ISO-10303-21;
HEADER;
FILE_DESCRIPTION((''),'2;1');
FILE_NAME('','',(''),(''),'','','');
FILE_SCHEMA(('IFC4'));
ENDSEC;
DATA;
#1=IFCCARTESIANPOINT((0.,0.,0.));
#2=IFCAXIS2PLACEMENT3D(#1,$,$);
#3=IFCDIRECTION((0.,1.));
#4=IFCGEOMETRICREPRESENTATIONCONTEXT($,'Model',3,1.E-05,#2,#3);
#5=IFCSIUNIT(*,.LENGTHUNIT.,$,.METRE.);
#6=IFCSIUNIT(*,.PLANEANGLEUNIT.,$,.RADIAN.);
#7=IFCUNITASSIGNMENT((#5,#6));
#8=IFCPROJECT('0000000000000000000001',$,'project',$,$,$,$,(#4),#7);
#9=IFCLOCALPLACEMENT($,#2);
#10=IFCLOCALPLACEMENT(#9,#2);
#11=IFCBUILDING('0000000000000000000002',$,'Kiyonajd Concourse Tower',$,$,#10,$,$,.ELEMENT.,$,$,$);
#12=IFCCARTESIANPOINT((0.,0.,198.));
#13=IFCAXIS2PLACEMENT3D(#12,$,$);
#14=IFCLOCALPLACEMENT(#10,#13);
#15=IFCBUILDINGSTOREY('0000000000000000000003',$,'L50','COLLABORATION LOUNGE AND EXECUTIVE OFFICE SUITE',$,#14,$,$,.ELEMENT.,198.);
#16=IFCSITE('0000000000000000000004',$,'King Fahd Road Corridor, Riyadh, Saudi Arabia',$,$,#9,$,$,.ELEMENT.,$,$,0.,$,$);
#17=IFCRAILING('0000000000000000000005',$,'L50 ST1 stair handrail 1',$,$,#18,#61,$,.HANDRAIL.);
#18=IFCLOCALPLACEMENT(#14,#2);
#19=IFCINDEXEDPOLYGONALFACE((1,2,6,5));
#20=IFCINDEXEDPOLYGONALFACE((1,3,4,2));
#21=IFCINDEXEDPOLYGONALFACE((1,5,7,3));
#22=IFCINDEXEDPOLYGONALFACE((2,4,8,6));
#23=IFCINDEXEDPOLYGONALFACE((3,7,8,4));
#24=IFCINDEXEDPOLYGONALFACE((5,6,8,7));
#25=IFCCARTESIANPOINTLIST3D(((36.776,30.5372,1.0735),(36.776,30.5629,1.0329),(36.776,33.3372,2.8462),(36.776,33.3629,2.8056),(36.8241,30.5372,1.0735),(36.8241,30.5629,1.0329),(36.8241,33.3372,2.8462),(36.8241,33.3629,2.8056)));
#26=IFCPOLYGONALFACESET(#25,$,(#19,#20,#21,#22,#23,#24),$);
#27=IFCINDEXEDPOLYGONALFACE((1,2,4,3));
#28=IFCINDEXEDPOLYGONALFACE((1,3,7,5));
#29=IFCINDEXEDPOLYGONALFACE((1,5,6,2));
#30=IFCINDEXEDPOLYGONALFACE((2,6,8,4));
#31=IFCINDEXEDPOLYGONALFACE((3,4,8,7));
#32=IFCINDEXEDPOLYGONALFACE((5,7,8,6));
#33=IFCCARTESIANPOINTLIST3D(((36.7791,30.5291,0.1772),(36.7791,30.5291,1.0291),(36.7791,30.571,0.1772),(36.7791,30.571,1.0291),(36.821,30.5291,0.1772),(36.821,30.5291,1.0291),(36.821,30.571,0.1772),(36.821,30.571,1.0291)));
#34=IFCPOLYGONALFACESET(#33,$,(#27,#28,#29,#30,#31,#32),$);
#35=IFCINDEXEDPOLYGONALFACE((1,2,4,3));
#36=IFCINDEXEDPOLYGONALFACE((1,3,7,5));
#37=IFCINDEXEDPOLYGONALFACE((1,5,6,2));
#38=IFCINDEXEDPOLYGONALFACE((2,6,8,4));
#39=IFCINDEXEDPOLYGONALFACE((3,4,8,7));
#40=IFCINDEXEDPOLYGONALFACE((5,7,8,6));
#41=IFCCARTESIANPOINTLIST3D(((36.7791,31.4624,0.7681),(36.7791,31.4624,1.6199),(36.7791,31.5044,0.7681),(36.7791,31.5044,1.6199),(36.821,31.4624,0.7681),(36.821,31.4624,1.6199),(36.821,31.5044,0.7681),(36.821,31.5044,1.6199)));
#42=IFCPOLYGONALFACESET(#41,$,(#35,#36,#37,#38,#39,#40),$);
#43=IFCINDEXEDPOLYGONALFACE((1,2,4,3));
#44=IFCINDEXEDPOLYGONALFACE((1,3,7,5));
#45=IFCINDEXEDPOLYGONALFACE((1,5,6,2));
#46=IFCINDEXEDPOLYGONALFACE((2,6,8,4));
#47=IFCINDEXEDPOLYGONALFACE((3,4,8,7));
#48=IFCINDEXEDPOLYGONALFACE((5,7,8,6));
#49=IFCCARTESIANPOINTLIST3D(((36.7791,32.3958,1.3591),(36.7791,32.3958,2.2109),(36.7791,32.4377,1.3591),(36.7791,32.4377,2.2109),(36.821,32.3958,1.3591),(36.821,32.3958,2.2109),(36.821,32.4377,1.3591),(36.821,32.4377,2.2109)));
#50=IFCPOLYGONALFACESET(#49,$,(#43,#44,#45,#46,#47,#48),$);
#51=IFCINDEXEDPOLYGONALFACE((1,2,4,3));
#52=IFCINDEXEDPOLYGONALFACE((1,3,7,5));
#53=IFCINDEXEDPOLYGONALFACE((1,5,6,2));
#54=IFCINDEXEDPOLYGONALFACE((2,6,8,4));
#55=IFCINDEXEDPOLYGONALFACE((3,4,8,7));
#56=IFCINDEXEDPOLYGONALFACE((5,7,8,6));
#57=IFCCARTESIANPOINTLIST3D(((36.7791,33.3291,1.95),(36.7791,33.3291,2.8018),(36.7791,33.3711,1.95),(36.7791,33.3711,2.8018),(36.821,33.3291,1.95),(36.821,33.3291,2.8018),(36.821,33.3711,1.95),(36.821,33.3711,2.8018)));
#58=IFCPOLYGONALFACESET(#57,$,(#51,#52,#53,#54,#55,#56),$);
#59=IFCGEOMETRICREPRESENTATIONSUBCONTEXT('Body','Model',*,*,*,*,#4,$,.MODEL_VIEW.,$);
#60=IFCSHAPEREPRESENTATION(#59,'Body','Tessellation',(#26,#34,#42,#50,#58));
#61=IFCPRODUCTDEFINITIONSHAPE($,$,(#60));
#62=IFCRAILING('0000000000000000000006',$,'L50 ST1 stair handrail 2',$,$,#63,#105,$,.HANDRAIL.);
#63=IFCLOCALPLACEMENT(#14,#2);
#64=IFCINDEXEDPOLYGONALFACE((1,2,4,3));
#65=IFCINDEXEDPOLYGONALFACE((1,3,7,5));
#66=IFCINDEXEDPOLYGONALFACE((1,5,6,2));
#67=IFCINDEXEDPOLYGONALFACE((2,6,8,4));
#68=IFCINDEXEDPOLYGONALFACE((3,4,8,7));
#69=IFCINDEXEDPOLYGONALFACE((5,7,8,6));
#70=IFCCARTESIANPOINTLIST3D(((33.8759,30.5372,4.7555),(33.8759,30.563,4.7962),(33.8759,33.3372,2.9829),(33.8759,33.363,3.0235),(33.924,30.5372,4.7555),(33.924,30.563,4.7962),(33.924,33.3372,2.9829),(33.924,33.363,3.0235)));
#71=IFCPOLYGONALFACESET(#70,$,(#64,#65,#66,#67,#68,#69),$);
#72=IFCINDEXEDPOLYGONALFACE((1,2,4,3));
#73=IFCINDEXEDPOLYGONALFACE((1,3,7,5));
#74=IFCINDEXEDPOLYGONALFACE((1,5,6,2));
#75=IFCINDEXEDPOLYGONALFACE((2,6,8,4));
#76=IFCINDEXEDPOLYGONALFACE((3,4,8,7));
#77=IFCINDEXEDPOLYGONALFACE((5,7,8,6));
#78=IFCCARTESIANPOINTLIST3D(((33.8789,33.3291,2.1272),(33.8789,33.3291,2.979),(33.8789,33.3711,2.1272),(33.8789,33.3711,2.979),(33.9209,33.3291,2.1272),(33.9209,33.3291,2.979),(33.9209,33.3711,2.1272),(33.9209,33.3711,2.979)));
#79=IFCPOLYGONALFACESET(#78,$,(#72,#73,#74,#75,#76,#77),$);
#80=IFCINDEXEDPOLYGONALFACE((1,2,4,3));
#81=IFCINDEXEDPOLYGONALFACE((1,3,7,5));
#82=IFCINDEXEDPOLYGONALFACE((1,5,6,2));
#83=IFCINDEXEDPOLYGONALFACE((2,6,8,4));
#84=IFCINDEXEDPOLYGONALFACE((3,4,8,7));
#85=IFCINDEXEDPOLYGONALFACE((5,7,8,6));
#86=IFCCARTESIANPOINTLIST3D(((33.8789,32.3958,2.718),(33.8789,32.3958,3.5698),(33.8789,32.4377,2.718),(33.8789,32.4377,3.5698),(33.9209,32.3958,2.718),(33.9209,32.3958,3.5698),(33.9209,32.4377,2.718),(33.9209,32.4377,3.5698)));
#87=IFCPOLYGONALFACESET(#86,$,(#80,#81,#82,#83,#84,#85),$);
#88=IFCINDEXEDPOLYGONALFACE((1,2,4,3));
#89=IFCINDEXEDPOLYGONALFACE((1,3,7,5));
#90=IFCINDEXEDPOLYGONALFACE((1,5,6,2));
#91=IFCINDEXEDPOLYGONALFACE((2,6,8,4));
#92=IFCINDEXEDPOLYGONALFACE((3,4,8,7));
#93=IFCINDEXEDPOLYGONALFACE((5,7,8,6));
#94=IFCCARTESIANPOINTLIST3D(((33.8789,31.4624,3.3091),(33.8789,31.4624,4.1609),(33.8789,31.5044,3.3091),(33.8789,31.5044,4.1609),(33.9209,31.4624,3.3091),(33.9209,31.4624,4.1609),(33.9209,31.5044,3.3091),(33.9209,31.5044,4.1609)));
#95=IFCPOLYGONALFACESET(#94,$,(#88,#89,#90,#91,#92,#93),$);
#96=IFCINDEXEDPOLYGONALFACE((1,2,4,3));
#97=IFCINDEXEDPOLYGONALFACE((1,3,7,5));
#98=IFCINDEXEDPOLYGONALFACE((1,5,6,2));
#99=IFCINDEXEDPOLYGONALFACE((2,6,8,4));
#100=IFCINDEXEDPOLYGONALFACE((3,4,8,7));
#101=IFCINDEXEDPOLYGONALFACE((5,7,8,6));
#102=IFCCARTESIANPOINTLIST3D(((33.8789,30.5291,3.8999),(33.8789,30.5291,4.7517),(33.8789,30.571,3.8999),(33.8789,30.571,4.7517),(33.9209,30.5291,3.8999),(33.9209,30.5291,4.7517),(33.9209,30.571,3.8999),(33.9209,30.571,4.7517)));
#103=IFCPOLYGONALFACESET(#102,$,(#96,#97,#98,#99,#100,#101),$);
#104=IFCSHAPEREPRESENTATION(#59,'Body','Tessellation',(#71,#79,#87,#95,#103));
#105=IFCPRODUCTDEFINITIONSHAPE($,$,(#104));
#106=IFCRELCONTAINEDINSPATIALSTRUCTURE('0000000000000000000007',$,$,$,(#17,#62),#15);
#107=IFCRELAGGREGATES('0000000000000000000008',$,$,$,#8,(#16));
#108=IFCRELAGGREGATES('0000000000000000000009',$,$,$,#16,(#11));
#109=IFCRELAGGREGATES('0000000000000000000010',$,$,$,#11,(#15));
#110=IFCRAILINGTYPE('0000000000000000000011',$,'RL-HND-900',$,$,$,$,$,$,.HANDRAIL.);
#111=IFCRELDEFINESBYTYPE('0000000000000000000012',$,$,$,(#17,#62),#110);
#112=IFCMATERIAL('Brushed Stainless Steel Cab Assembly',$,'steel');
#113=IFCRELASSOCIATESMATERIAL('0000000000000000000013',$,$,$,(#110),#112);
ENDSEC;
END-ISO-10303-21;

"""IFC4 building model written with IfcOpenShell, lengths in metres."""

from ifc_helpers import new_model, si_unit, direction, frame, origin, origin_2d, place, context, subcontext, project, spatial, rectangle, extrude, material, type_object, element, save


model = new_model("IFC4")

# Units and contexts
model_context = context("Model", 3, precision=1e-05, world=origin(), true_north=direction((0.0, 1.0)))
body_context = subcontext(model_context, "Body", "Model", "MODEL_VIEW")
ifc_project = project(units=[si_unit("LENGTHUNIT", "METRE"), si_unit("PLANEANGLEUNIT", "RADIAN")], contexts=[model_context])

# Site, building, storey
site_placement = place(None, origin())
site = spatial("IfcSite", under=ifc_project, at=site_placement, Name="King Fahd Road Corridor, Riyadh, Saudi Arabia", CompositionType="ELEMENT", RefElevation=0.0)
building_placement = place(site_placement, origin())
building = spatial("IfcBuilding", under=site, at=building_placement, Name="Kiyonajd Concourse Tower", CompositionType="ELEMENT")
storey_placement = place(building_placement, frame((0.0, 0.0, 198.0)))
storey = spatial("IfcBuildingStorey", under=building, at=storey_placement, Name="L50", Description="COLLABORATION LOUNGE AND EXECUTIVE OFFICE SUITE", CompositionType="ELEMENT", Elevation=198.0)

# Shared definitions
ifc_material_1 = material(Name="Brushed Stainless Steel Cab Assembly", Category="steel")

# Railings
railing_type_1 = type_object("IfcRailingType", Name="RL-HND-900", PredefinedType="HANDRAIL", material=ifc_material_1)
railing_1_placement = place(storey_placement, frame((36.8, 30.55, 0.1772)))
element("IfcRailing", 1, at=railing_1_placement, inside=storey, type_object=railing_type_1, Name="L50 ST1 stair handrail 1", PredefinedType="HANDRAIL", context=body_context, shape_type="SweptSolid", body=[
    extrude(rectangle(XDim=0.0481, YDim=0.0481, at=origin_2d()), frame((0.0, 0.0, 0.876), z_axis=(0.0, 0.844909, 0.53491), x_axis=(-1.0, 0.0, 0.0)), (0.0, 0.0, 1.0), 3.314),
    extrude(rectangle(XDim=0.042, YDim=0.042, at=origin_2d()), origin(), (0.0, 0.0, 1.0), 0.8518),
    extrude(rectangle(XDim=0.042, YDim=0.042, at=origin_2d()), frame((0.0, 0.9333, 0.5908)), (0.0, 0.0, 1.0), 0.8518),
    extrude(rectangle(XDim=0.042, YDim=0.042, at=origin_2d()), frame((0.0, 1.8667, 1.1819)), (0.0, 0.0, 1.0), 0.8518),
    extrude(rectangle(XDim=0.042, YDim=0.042, at=origin_2d()), frame((0.0, 2.8, 1.7727)), (0.0, 0.0, 1.0), 0.8518),
])
railing_2_placement = place(storey_placement, frame((33.8999, 33.3501, 2.1272)))
element("IfcRailing", 2, at=railing_2_placement, inside=storey, type_object=railing_type_1, Name="L50 ST1 stair handrail 2", PredefinedType="HANDRAIL", context=body_context, shape_type="SweptSolid", body=[
    extrude(rectangle(XDim=0.0481, YDim=0.0481, at=origin_2d()), frame((0.0, 0.0, 0.876), z_axis=(0.0, -0.844909, 0.53491), x_axis=(1.0, 0.0, 0.0)), (0.0, 0.0, 1.0), 3.314),
    extrude(rectangle(XDim=0.042, YDim=0.042, at=origin_2d()), origin(), (0.0, 0.0, 1.0), 0.8518),
    extrude(rectangle(XDim=0.042, YDim=0.042, at=origin_2d()), frame((0.0, -0.9333, 0.5908)), (0.0, 0.0, 1.0), 0.8518),
    extrude(rectangle(XDim=0.042, YDim=0.042, at=origin_2d()), frame((0.0, -1.8667, 1.1819)), (0.0, 0.0, 1.0), 0.8518),
    extrude(rectangle(XDim=0.042, YDim=0.042, at=origin_2d()), frame((0.0, -2.8, 1.7727)), (0.0, 0.0, 1.0), 0.8518),
])

save(model, "model.ifc")
